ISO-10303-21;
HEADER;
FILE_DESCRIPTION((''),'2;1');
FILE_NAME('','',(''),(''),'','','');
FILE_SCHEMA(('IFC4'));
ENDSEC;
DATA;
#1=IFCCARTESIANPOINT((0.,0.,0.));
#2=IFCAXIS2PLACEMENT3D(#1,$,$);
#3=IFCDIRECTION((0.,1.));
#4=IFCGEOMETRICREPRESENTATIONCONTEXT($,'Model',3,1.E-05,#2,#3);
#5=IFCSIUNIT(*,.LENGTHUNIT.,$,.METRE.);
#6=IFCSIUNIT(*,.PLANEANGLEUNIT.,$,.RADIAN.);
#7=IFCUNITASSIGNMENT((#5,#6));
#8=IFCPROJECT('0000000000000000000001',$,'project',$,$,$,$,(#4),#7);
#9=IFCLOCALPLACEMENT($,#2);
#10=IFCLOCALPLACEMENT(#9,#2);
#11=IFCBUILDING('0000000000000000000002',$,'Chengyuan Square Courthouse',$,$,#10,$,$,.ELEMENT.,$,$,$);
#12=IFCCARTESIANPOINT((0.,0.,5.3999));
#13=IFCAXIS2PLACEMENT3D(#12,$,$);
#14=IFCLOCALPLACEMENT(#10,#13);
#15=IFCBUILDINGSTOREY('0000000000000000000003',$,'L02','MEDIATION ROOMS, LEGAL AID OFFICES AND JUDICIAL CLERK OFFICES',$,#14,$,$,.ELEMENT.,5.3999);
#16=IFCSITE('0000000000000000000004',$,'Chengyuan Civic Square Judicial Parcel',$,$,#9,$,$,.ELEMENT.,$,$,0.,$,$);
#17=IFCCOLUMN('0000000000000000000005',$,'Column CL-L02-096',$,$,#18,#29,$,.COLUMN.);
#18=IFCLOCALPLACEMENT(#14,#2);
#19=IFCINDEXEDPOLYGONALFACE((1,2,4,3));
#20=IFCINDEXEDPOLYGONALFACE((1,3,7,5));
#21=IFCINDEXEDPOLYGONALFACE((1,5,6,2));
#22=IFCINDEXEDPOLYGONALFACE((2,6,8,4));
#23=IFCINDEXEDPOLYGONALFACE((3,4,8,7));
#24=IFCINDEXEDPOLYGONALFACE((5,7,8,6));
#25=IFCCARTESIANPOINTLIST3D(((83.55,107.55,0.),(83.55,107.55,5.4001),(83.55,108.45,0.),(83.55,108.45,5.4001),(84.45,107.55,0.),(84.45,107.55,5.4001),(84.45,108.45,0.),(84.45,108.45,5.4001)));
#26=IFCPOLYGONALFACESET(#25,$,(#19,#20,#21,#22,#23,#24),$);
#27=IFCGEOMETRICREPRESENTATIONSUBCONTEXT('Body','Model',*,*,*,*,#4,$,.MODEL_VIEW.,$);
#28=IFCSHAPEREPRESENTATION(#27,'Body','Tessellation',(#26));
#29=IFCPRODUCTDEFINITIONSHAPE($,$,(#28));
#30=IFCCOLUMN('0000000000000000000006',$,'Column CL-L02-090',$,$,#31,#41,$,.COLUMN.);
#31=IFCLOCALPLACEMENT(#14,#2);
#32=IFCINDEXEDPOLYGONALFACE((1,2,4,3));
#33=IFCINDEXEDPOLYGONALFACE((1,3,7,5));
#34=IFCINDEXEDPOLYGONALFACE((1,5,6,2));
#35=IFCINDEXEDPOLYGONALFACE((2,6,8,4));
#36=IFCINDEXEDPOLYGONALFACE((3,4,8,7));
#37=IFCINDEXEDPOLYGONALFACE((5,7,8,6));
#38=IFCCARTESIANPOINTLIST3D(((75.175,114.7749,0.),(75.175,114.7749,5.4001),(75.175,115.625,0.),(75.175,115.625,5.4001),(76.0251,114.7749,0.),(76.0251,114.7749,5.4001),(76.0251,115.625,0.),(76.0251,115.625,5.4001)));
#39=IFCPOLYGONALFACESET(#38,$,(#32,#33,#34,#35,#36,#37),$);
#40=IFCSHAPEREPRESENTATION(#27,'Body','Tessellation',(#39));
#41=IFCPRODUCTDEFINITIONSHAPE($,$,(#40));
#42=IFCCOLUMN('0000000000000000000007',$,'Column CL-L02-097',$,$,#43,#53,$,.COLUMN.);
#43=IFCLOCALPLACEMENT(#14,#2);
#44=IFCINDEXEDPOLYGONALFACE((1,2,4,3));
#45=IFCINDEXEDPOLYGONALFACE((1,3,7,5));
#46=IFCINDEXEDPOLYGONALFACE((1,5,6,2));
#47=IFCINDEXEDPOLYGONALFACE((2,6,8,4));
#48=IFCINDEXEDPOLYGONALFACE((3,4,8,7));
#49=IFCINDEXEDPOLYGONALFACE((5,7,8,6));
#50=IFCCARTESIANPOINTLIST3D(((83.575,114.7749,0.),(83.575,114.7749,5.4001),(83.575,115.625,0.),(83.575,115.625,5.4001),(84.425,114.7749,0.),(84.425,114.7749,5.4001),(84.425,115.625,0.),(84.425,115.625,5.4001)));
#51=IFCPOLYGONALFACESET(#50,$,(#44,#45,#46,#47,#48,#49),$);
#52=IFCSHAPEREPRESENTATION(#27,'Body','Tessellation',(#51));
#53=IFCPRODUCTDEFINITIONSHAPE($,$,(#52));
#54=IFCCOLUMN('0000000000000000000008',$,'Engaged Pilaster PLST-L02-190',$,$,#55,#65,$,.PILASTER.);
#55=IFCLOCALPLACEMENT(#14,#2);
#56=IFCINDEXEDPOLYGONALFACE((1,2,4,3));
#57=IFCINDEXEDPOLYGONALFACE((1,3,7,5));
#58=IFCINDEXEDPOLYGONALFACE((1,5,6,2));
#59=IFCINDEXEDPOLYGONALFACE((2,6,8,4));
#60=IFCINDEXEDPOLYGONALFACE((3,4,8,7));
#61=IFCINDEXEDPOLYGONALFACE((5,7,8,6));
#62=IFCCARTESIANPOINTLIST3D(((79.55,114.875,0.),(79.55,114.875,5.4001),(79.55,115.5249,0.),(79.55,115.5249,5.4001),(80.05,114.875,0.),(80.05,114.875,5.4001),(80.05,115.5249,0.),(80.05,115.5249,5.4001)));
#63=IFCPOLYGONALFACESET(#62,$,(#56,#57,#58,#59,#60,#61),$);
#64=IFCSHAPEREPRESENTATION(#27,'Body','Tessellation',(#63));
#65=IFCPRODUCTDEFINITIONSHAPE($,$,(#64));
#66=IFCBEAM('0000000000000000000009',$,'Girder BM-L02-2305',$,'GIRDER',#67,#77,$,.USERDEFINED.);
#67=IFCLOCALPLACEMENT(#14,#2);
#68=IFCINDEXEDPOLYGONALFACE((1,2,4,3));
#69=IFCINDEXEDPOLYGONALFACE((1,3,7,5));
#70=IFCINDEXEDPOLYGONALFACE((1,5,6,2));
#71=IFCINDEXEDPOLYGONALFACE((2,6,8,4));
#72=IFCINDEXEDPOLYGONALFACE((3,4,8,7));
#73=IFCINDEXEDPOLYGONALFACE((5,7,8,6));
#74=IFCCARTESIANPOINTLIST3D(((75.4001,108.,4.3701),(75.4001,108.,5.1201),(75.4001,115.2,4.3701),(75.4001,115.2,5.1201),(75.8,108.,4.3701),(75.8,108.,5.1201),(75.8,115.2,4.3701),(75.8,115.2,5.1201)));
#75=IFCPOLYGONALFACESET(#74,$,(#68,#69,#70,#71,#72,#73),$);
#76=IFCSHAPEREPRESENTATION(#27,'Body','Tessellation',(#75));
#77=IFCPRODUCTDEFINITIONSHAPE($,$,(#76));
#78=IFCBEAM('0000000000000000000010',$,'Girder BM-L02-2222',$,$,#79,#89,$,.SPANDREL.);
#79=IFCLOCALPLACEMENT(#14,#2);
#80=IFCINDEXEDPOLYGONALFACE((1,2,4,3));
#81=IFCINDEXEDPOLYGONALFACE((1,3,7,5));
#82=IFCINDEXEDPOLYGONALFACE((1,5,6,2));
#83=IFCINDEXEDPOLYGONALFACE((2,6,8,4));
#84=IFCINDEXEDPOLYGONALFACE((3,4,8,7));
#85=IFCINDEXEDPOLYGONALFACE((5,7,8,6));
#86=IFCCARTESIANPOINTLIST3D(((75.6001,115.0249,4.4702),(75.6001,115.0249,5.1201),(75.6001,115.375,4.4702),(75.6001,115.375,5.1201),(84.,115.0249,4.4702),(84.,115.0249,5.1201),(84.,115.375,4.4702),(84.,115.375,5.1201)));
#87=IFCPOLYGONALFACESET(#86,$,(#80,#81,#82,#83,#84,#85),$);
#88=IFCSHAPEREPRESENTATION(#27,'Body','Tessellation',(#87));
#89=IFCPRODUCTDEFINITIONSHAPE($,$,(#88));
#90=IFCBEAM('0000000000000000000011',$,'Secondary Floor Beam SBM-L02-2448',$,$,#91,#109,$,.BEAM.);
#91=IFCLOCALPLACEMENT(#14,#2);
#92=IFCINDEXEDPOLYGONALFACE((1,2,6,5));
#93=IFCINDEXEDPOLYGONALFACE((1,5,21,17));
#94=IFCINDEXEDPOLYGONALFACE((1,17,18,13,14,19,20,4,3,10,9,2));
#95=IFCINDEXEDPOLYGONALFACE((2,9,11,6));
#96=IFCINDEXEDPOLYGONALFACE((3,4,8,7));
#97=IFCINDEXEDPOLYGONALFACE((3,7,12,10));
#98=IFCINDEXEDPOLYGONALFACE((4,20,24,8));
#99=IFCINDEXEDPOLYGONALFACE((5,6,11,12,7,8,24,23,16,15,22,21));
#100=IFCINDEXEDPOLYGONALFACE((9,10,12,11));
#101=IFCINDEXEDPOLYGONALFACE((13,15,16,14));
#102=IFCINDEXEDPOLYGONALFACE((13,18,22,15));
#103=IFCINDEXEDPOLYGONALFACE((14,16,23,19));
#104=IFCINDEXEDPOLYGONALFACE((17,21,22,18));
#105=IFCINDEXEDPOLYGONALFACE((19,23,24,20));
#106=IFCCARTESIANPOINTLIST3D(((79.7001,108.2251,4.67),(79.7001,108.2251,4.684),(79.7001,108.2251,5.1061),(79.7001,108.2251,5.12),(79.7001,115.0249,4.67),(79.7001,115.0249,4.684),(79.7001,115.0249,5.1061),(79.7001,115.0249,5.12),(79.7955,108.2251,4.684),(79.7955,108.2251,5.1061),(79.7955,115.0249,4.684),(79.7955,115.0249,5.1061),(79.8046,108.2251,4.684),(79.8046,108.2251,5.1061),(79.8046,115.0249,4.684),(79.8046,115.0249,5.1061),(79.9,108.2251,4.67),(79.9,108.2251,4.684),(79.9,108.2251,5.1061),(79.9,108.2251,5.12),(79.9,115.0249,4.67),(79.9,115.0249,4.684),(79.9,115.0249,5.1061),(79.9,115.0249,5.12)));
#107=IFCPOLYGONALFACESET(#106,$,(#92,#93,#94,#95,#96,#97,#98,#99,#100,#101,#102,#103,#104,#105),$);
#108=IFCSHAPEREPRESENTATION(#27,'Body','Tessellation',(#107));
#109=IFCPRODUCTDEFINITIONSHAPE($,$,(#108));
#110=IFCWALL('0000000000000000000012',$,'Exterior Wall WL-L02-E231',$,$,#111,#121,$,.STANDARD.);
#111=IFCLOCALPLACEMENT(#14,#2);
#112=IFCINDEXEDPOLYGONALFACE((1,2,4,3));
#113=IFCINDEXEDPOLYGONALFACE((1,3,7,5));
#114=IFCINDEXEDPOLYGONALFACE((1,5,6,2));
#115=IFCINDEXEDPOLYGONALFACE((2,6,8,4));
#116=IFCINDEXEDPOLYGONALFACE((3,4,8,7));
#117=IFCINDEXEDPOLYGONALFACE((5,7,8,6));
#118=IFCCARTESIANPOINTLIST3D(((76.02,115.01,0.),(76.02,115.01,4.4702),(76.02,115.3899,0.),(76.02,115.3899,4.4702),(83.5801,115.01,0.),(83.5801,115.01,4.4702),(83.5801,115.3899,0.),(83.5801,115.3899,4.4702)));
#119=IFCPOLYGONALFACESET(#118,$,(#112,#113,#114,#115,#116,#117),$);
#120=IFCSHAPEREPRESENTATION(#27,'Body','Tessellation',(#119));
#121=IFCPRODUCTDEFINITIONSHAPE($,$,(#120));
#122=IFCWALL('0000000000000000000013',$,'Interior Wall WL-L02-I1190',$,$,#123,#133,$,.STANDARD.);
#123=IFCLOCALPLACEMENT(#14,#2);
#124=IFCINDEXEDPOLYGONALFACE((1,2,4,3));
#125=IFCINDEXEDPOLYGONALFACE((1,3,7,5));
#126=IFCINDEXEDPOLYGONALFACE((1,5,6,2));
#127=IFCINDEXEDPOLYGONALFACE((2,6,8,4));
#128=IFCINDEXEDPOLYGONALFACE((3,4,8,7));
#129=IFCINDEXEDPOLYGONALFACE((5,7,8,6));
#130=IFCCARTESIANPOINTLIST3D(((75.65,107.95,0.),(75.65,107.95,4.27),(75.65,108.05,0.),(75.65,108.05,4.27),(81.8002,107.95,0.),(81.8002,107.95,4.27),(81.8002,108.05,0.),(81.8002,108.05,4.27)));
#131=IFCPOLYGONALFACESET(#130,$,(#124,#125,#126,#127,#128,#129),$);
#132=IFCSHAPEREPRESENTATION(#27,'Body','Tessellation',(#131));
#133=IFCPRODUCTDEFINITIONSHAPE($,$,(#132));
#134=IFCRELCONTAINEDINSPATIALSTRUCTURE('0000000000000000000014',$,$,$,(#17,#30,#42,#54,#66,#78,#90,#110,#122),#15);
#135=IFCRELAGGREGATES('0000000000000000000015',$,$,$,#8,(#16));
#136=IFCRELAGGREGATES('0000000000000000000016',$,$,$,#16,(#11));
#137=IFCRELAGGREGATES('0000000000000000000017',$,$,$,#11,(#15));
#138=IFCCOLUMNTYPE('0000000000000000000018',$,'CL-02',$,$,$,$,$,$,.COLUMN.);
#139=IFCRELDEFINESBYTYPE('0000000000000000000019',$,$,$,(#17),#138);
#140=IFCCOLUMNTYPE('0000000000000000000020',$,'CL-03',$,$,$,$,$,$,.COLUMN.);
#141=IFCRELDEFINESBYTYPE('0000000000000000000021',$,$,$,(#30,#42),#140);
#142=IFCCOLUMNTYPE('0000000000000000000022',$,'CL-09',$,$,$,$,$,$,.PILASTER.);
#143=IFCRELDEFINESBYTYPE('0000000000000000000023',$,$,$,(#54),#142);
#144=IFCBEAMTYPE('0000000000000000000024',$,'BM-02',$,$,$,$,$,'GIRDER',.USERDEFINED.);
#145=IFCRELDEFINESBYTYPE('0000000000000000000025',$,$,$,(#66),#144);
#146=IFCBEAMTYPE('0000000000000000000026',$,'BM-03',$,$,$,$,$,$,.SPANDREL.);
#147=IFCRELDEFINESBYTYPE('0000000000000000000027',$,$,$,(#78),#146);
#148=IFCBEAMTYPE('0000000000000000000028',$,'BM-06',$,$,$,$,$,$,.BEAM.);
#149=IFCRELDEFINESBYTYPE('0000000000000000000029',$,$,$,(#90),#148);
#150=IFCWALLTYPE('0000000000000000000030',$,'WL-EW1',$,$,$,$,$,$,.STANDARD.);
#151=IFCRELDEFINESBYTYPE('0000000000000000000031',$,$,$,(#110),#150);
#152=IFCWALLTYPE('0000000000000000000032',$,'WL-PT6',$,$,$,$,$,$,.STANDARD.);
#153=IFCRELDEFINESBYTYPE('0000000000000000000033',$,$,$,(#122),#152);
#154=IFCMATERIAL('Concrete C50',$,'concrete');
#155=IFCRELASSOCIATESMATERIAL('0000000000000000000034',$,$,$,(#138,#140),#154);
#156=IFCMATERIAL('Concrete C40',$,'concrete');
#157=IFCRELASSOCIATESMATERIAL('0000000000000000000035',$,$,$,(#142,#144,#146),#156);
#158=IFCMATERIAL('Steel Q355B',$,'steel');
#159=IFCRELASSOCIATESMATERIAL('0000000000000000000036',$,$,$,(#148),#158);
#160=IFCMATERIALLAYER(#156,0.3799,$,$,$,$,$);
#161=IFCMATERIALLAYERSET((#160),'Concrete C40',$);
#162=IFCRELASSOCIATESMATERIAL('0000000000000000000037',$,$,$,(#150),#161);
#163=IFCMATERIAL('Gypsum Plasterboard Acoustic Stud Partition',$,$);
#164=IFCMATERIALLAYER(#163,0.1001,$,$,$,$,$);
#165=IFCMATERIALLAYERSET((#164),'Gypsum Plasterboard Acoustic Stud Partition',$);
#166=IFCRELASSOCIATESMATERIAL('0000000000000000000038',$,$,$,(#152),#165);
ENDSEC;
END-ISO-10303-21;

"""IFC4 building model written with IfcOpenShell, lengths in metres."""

from ifc_helpers import new_model, si_unit, direction, frame, frame_2d, origin, origin_2d, place, context, subcontext, project, spatial, rectangle, i_section, extrude, material, layer, layer_set, material_profile, profile_set, type_object, element, save


model = new_model("IFC4")

# Units and contexts
model_context = context("Model", 3, precision=1e-05, world=origin(), true_north=direction((0.0, 1.0)))
body_context = subcontext(model_context, "Body", "Model", "MODEL_VIEW")
ifc_project = project(units=[si_unit("LENGTHUNIT", "METRE"), si_unit("PLANEANGLEUNIT", "RADIAN")], contexts=[model_context])

# Site, building, storey
site_placement = place(None, origin())
site = spatial("IfcSite", under=ifc_project, at=site_placement, Name="Chengyuan Civic Square Judicial Parcel", CompositionType="ELEMENT", RefElevation=0.0)
building_placement = place(site_placement, origin())
building = spatial("IfcBuilding", under=site, at=building_placement, Name="Chengyuan Square Courthouse", CompositionType="ELEMENT")
storey_placement = place(building_placement, frame((0.0, 0.0, 5.3999)))
storey = spatial("IfcBuildingStorey", under=building, at=storey_placement, Name="L02", Description="MEDIATION ROOMS, LEGAL AID OFFICES AND JUDICIAL CLERK OFFICES", CompositionType="ELEMENT", Elevation=5.3999)

# Columns
ifc_material_1 = material(Name="Concrete C50", Category="concrete")
ifc_material_profile_1 = material_profile(ifc_material_1, rectangle(XDim=0.8999, YDim=0.8999, at=origin_2d()), Name="RC-COL-900x900")
ifc_profile_set_1 = profile_set([ifc_material_profile_1], Name="Concrete C50")
column_type_1 = type_object("IfcColumnType", Name="CL-02", PredefinedType="COLUMN", material=ifc_profile_set_1)
column_1_placement = place(storey_placement, frame((84.0, 108.0, 0.0), z_axis=(0.0, 0.0, 1.0), x_axis=(1.0, 0.0, 0.0)))
element("IfcColumn", 1, at=column_1_placement, inside=storey, type_object=column_type_1, Name="Column CL-L02-096", PredefinedType="COLUMN", context=body_context, shape_type="SweptSolid", body=[
    extrude(rectangle(XDim=0.8999, YDim=0.8999, at=origin_2d()), origin(), (0.0, 0.0, 1.0), 5.4001),
])
ifc_material_profile_2 = material_profile(ifc_material_1, rectangle(XDim=0.8501, YDim=0.8501, at=origin_2d()), Name="RC-COL-850x850")
ifc_profile_set_2 = profile_set([ifc_material_profile_2], Name="Concrete C50")
column_type_2 = type_object("IfcColumnType", Name="CL-03", PredefinedType="COLUMN", material=ifc_profile_set_2)
for number, where, z_axis, x_axis, name in (
    (2, (75.6001, 115.2, 0.0), (0.0, 0.0, 1.0), (1.0, 0.0, 0.0), "Column CL-L02-090"),
    (3, (84.0, 115.2, 0.0), (0.0, 0.0, 1.0), (1.0, 0.0, 0.0), "Column CL-L02-097"),
):
    element("IfcColumn", number, at=place(storey_placement, frame(where, z_axis=z_axis, x_axis=x_axis)), inside=storey, type_object=column_type_2, Name=name, PredefinedType="COLUMN", context=body_context, shape_type="SweptSolid", body=[
        extrude(rectangle(XDim=0.8501, YDim=0.8501, at=origin_2d()), origin(), (0.0, 0.0, 1.0), 5.4001),
    ])
ifc_material_2 = material(Name="Concrete C40", Category="concrete")
ifc_material_profile_3 = material_profile(ifc_material_2, rectangle(XDim=0.5, YDim=0.6499, at=origin_2d()), Name="RC-PIL-500x650")
ifc_profile_set_3 = profile_set([ifc_material_profile_3], Name="Concrete C40")
column_type_3 = type_object("IfcColumnType", Name="CL-09", PredefinedType="PILASTER", material=ifc_profile_set_3)
column_2_placement = place(storey_placement, frame((79.8, 115.2, 0.0), z_axis=(0.0, 0.0, 1.0), x_axis=(1.0, 0.0, 0.0)))
element("IfcColumn", 4, at=column_2_placement, inside=storey, type_object=column_type_3, Name="Engaged Pilaster PLST-L02-190", PredefinedType="PILASTER", context=body_context, shape_type="SweptSolid", body=[
    extrude(rectangle(XDim=0.5, YDim=0.6499, at=origin_2d()), origin(), (0.0, 0.0, 1.0), 5.4001),
])

# Beams
ifc_material_profile_4 = material_profile(ifc_material_2, rectangle(XDim=0.3999, YDim=0.75, at=origin_2d()), Name="RC-BM-400x750")
ifc_profile_set_4 = profile_set([ifc_material_profile_4], Name="Concrete C40")
beam_type_1 = type_object("IfcBeamType", Name="BM-02", ElementType="GIRDER", PredefinedType="USERDEFINED", material=ifc_profile_set_4)
beam_1_placement = place(storey_placement, frame((75.6001, 108.0, 4.7451), z_axis=(0.0, 1.0, 0.0), x_axis=(-1.0, 0.0, 0.0)))
element("IfcBeam", 5, at=beam_1_placement, inside=storey, type_object=beam_type_1, Name="Girder BM-L02-2305", ObjectType="GIRDER", PredefinedType="USERDEFINED", context=body_context, shape_type="SweptSolid", body=[
    extrude(rectangle(XDim=0.3999, YDim=0.75, at=origin_2d()), origin(), (0.0, 0.0, 1.0), 7.2),
])
ifc_material_profile_5 = material_profile(ifc_material_2, rectangle(XDim=0.3501, YDim=0.6499, at=origin_2d()), Name="RC-BM-350x650")
ifc_profile_set_5 = profile_set([ifc_material_profile_5], Name="Concrete C40")
beam_type_2 = type_object("IfcBeamType", Name="BM-03", PredefinedType="SPANDREL", material=ifc_profile_set_5)
beam_2_placement = place(storey_placement, frame((75.6001, 115.2, 4.7952), z_axis=(1.0, 0.0, 0.0), x_axis=(0.0, 1.0, 0.0)))
element("IfcBeam", 6, at=beam_2_placement, inside=storey, type_object=beam_type_2, Name="Girder BM-L02-2222", PredefinedType="SPANDREL", context=body_context, shape_type="SweptSolid", body=[
    extrude(rectangle(XDim=0.3501, YDim=0.6499, at=origin_2d()), origin(), (0.0, 0.0, 1.0), 8.3999),
])
ifc_material_3 = material(Name="Steel Q355B", Category="steel")
ifc_material_profile_6 = material_profile(ifc_material_3, i_section(OverallWidth=0.2, OverallDepth=0.45, WebThickness=0.009, FlangeThickness=0.0139, at=origin_2d()), Name="HN 450x200x9x14")
ifc_profile_set_6 = profile_set([ifc_material_profile_6], Name="Steel Q355B")
beam_type_3 = type_object("IfcBeamType", Name="BM-06", PredefinedType="BEAM", material=ifc_profile_set_6)
beam_3_placement = place(storey_placement, frame((79.8, 108.2251, 4.895), z_axis=(0.0, 1.0, 0.0), x_axis=(-1.0, 0.0, 0.0)))
element("IfcBeam", 7, at=beam_3_placement, inside=storey, type_object=beam_type_3, Name="Secondary Floor Beam SBM-L02-2448", PredefinedType="BEAM", context=body_context, shape_type="SweptSolid", body=[
    extrude(i_section(OverallWidth=0.2, OverallDepth=0.45, WebThickness=0.009, FlangeThickness=0.0139, at=origin_2d()), origin(), (0.0, 0.0, 1.0), 6.7998),
])

# Walls
ifc_layer_1 = layer(ifc_material_2, 0.3799)
ifc_layer_set_1 = layer_set([ifc_layer_1], Name="Concrete C40")
wall_type_1 = type_object("IfcWallType", Name="WL-EW1", PredefinedType="STANDARD", material=ifc_layer_set_1)
wall_1_placement = place(storey_placement, frame((76.02, 115.2, 0.0), z_axis=(0.0, 0.0, 1.0), x_axis=(1.0, 0.0, 0.0)))
element("IfcWall", 8, at=wall_1_placement, inside=storey, type_object=wall_type_1, Name="Exterior Wall WL-L02-E231", PredefinedType="STANDARD", context=body_context, shape_type="SweptSolid", body=[
    extrude(rectangle(XDim=7.5601, YDim=0.3799, at=frame_2d((3.78, 0.0))), origin(), (0.0, 0.0, 1.0), 4.4702),
])
ifc_material_4 = material(Name="Gypsum Plasterboard Acoustic Stud Partition")
ifc_layer_2 = layer(ifc_material_4, 0.1001)
ifc_layer_set_2 = layer_set([ifc_layer_2], Name="Gypsum Plasterboard Acoustic Stud Partition")
wall_type_2 = type_object("IfcWallType", Name="WL-PT6", PredefinedType="STANDARD", material=ifc_layer_set_2)
wall_2_placement = place(storey_placement, frame((75.6499, 108.0, 0.0), z_axis=(0.0, 0.0, 1.0), x_axis=(1.0, 0.0, 0.0)))
element("IfcWall", 9, at=wall_2_placement, inside=storey, type_object=wall_type_2, Name="Interior Wall WL-L02-I1190", PredefinedType="STANDARD", context=body_context, shape_type="SweptSolid", body=[
    extrude(rectangle(XDim=6.1501, YDim=0.1001, at=frame_2d((3.0752, 0.0))), origin(), (0.0, 0.0, 1.0), 4.27),
])

save(model, "model.ifc")
